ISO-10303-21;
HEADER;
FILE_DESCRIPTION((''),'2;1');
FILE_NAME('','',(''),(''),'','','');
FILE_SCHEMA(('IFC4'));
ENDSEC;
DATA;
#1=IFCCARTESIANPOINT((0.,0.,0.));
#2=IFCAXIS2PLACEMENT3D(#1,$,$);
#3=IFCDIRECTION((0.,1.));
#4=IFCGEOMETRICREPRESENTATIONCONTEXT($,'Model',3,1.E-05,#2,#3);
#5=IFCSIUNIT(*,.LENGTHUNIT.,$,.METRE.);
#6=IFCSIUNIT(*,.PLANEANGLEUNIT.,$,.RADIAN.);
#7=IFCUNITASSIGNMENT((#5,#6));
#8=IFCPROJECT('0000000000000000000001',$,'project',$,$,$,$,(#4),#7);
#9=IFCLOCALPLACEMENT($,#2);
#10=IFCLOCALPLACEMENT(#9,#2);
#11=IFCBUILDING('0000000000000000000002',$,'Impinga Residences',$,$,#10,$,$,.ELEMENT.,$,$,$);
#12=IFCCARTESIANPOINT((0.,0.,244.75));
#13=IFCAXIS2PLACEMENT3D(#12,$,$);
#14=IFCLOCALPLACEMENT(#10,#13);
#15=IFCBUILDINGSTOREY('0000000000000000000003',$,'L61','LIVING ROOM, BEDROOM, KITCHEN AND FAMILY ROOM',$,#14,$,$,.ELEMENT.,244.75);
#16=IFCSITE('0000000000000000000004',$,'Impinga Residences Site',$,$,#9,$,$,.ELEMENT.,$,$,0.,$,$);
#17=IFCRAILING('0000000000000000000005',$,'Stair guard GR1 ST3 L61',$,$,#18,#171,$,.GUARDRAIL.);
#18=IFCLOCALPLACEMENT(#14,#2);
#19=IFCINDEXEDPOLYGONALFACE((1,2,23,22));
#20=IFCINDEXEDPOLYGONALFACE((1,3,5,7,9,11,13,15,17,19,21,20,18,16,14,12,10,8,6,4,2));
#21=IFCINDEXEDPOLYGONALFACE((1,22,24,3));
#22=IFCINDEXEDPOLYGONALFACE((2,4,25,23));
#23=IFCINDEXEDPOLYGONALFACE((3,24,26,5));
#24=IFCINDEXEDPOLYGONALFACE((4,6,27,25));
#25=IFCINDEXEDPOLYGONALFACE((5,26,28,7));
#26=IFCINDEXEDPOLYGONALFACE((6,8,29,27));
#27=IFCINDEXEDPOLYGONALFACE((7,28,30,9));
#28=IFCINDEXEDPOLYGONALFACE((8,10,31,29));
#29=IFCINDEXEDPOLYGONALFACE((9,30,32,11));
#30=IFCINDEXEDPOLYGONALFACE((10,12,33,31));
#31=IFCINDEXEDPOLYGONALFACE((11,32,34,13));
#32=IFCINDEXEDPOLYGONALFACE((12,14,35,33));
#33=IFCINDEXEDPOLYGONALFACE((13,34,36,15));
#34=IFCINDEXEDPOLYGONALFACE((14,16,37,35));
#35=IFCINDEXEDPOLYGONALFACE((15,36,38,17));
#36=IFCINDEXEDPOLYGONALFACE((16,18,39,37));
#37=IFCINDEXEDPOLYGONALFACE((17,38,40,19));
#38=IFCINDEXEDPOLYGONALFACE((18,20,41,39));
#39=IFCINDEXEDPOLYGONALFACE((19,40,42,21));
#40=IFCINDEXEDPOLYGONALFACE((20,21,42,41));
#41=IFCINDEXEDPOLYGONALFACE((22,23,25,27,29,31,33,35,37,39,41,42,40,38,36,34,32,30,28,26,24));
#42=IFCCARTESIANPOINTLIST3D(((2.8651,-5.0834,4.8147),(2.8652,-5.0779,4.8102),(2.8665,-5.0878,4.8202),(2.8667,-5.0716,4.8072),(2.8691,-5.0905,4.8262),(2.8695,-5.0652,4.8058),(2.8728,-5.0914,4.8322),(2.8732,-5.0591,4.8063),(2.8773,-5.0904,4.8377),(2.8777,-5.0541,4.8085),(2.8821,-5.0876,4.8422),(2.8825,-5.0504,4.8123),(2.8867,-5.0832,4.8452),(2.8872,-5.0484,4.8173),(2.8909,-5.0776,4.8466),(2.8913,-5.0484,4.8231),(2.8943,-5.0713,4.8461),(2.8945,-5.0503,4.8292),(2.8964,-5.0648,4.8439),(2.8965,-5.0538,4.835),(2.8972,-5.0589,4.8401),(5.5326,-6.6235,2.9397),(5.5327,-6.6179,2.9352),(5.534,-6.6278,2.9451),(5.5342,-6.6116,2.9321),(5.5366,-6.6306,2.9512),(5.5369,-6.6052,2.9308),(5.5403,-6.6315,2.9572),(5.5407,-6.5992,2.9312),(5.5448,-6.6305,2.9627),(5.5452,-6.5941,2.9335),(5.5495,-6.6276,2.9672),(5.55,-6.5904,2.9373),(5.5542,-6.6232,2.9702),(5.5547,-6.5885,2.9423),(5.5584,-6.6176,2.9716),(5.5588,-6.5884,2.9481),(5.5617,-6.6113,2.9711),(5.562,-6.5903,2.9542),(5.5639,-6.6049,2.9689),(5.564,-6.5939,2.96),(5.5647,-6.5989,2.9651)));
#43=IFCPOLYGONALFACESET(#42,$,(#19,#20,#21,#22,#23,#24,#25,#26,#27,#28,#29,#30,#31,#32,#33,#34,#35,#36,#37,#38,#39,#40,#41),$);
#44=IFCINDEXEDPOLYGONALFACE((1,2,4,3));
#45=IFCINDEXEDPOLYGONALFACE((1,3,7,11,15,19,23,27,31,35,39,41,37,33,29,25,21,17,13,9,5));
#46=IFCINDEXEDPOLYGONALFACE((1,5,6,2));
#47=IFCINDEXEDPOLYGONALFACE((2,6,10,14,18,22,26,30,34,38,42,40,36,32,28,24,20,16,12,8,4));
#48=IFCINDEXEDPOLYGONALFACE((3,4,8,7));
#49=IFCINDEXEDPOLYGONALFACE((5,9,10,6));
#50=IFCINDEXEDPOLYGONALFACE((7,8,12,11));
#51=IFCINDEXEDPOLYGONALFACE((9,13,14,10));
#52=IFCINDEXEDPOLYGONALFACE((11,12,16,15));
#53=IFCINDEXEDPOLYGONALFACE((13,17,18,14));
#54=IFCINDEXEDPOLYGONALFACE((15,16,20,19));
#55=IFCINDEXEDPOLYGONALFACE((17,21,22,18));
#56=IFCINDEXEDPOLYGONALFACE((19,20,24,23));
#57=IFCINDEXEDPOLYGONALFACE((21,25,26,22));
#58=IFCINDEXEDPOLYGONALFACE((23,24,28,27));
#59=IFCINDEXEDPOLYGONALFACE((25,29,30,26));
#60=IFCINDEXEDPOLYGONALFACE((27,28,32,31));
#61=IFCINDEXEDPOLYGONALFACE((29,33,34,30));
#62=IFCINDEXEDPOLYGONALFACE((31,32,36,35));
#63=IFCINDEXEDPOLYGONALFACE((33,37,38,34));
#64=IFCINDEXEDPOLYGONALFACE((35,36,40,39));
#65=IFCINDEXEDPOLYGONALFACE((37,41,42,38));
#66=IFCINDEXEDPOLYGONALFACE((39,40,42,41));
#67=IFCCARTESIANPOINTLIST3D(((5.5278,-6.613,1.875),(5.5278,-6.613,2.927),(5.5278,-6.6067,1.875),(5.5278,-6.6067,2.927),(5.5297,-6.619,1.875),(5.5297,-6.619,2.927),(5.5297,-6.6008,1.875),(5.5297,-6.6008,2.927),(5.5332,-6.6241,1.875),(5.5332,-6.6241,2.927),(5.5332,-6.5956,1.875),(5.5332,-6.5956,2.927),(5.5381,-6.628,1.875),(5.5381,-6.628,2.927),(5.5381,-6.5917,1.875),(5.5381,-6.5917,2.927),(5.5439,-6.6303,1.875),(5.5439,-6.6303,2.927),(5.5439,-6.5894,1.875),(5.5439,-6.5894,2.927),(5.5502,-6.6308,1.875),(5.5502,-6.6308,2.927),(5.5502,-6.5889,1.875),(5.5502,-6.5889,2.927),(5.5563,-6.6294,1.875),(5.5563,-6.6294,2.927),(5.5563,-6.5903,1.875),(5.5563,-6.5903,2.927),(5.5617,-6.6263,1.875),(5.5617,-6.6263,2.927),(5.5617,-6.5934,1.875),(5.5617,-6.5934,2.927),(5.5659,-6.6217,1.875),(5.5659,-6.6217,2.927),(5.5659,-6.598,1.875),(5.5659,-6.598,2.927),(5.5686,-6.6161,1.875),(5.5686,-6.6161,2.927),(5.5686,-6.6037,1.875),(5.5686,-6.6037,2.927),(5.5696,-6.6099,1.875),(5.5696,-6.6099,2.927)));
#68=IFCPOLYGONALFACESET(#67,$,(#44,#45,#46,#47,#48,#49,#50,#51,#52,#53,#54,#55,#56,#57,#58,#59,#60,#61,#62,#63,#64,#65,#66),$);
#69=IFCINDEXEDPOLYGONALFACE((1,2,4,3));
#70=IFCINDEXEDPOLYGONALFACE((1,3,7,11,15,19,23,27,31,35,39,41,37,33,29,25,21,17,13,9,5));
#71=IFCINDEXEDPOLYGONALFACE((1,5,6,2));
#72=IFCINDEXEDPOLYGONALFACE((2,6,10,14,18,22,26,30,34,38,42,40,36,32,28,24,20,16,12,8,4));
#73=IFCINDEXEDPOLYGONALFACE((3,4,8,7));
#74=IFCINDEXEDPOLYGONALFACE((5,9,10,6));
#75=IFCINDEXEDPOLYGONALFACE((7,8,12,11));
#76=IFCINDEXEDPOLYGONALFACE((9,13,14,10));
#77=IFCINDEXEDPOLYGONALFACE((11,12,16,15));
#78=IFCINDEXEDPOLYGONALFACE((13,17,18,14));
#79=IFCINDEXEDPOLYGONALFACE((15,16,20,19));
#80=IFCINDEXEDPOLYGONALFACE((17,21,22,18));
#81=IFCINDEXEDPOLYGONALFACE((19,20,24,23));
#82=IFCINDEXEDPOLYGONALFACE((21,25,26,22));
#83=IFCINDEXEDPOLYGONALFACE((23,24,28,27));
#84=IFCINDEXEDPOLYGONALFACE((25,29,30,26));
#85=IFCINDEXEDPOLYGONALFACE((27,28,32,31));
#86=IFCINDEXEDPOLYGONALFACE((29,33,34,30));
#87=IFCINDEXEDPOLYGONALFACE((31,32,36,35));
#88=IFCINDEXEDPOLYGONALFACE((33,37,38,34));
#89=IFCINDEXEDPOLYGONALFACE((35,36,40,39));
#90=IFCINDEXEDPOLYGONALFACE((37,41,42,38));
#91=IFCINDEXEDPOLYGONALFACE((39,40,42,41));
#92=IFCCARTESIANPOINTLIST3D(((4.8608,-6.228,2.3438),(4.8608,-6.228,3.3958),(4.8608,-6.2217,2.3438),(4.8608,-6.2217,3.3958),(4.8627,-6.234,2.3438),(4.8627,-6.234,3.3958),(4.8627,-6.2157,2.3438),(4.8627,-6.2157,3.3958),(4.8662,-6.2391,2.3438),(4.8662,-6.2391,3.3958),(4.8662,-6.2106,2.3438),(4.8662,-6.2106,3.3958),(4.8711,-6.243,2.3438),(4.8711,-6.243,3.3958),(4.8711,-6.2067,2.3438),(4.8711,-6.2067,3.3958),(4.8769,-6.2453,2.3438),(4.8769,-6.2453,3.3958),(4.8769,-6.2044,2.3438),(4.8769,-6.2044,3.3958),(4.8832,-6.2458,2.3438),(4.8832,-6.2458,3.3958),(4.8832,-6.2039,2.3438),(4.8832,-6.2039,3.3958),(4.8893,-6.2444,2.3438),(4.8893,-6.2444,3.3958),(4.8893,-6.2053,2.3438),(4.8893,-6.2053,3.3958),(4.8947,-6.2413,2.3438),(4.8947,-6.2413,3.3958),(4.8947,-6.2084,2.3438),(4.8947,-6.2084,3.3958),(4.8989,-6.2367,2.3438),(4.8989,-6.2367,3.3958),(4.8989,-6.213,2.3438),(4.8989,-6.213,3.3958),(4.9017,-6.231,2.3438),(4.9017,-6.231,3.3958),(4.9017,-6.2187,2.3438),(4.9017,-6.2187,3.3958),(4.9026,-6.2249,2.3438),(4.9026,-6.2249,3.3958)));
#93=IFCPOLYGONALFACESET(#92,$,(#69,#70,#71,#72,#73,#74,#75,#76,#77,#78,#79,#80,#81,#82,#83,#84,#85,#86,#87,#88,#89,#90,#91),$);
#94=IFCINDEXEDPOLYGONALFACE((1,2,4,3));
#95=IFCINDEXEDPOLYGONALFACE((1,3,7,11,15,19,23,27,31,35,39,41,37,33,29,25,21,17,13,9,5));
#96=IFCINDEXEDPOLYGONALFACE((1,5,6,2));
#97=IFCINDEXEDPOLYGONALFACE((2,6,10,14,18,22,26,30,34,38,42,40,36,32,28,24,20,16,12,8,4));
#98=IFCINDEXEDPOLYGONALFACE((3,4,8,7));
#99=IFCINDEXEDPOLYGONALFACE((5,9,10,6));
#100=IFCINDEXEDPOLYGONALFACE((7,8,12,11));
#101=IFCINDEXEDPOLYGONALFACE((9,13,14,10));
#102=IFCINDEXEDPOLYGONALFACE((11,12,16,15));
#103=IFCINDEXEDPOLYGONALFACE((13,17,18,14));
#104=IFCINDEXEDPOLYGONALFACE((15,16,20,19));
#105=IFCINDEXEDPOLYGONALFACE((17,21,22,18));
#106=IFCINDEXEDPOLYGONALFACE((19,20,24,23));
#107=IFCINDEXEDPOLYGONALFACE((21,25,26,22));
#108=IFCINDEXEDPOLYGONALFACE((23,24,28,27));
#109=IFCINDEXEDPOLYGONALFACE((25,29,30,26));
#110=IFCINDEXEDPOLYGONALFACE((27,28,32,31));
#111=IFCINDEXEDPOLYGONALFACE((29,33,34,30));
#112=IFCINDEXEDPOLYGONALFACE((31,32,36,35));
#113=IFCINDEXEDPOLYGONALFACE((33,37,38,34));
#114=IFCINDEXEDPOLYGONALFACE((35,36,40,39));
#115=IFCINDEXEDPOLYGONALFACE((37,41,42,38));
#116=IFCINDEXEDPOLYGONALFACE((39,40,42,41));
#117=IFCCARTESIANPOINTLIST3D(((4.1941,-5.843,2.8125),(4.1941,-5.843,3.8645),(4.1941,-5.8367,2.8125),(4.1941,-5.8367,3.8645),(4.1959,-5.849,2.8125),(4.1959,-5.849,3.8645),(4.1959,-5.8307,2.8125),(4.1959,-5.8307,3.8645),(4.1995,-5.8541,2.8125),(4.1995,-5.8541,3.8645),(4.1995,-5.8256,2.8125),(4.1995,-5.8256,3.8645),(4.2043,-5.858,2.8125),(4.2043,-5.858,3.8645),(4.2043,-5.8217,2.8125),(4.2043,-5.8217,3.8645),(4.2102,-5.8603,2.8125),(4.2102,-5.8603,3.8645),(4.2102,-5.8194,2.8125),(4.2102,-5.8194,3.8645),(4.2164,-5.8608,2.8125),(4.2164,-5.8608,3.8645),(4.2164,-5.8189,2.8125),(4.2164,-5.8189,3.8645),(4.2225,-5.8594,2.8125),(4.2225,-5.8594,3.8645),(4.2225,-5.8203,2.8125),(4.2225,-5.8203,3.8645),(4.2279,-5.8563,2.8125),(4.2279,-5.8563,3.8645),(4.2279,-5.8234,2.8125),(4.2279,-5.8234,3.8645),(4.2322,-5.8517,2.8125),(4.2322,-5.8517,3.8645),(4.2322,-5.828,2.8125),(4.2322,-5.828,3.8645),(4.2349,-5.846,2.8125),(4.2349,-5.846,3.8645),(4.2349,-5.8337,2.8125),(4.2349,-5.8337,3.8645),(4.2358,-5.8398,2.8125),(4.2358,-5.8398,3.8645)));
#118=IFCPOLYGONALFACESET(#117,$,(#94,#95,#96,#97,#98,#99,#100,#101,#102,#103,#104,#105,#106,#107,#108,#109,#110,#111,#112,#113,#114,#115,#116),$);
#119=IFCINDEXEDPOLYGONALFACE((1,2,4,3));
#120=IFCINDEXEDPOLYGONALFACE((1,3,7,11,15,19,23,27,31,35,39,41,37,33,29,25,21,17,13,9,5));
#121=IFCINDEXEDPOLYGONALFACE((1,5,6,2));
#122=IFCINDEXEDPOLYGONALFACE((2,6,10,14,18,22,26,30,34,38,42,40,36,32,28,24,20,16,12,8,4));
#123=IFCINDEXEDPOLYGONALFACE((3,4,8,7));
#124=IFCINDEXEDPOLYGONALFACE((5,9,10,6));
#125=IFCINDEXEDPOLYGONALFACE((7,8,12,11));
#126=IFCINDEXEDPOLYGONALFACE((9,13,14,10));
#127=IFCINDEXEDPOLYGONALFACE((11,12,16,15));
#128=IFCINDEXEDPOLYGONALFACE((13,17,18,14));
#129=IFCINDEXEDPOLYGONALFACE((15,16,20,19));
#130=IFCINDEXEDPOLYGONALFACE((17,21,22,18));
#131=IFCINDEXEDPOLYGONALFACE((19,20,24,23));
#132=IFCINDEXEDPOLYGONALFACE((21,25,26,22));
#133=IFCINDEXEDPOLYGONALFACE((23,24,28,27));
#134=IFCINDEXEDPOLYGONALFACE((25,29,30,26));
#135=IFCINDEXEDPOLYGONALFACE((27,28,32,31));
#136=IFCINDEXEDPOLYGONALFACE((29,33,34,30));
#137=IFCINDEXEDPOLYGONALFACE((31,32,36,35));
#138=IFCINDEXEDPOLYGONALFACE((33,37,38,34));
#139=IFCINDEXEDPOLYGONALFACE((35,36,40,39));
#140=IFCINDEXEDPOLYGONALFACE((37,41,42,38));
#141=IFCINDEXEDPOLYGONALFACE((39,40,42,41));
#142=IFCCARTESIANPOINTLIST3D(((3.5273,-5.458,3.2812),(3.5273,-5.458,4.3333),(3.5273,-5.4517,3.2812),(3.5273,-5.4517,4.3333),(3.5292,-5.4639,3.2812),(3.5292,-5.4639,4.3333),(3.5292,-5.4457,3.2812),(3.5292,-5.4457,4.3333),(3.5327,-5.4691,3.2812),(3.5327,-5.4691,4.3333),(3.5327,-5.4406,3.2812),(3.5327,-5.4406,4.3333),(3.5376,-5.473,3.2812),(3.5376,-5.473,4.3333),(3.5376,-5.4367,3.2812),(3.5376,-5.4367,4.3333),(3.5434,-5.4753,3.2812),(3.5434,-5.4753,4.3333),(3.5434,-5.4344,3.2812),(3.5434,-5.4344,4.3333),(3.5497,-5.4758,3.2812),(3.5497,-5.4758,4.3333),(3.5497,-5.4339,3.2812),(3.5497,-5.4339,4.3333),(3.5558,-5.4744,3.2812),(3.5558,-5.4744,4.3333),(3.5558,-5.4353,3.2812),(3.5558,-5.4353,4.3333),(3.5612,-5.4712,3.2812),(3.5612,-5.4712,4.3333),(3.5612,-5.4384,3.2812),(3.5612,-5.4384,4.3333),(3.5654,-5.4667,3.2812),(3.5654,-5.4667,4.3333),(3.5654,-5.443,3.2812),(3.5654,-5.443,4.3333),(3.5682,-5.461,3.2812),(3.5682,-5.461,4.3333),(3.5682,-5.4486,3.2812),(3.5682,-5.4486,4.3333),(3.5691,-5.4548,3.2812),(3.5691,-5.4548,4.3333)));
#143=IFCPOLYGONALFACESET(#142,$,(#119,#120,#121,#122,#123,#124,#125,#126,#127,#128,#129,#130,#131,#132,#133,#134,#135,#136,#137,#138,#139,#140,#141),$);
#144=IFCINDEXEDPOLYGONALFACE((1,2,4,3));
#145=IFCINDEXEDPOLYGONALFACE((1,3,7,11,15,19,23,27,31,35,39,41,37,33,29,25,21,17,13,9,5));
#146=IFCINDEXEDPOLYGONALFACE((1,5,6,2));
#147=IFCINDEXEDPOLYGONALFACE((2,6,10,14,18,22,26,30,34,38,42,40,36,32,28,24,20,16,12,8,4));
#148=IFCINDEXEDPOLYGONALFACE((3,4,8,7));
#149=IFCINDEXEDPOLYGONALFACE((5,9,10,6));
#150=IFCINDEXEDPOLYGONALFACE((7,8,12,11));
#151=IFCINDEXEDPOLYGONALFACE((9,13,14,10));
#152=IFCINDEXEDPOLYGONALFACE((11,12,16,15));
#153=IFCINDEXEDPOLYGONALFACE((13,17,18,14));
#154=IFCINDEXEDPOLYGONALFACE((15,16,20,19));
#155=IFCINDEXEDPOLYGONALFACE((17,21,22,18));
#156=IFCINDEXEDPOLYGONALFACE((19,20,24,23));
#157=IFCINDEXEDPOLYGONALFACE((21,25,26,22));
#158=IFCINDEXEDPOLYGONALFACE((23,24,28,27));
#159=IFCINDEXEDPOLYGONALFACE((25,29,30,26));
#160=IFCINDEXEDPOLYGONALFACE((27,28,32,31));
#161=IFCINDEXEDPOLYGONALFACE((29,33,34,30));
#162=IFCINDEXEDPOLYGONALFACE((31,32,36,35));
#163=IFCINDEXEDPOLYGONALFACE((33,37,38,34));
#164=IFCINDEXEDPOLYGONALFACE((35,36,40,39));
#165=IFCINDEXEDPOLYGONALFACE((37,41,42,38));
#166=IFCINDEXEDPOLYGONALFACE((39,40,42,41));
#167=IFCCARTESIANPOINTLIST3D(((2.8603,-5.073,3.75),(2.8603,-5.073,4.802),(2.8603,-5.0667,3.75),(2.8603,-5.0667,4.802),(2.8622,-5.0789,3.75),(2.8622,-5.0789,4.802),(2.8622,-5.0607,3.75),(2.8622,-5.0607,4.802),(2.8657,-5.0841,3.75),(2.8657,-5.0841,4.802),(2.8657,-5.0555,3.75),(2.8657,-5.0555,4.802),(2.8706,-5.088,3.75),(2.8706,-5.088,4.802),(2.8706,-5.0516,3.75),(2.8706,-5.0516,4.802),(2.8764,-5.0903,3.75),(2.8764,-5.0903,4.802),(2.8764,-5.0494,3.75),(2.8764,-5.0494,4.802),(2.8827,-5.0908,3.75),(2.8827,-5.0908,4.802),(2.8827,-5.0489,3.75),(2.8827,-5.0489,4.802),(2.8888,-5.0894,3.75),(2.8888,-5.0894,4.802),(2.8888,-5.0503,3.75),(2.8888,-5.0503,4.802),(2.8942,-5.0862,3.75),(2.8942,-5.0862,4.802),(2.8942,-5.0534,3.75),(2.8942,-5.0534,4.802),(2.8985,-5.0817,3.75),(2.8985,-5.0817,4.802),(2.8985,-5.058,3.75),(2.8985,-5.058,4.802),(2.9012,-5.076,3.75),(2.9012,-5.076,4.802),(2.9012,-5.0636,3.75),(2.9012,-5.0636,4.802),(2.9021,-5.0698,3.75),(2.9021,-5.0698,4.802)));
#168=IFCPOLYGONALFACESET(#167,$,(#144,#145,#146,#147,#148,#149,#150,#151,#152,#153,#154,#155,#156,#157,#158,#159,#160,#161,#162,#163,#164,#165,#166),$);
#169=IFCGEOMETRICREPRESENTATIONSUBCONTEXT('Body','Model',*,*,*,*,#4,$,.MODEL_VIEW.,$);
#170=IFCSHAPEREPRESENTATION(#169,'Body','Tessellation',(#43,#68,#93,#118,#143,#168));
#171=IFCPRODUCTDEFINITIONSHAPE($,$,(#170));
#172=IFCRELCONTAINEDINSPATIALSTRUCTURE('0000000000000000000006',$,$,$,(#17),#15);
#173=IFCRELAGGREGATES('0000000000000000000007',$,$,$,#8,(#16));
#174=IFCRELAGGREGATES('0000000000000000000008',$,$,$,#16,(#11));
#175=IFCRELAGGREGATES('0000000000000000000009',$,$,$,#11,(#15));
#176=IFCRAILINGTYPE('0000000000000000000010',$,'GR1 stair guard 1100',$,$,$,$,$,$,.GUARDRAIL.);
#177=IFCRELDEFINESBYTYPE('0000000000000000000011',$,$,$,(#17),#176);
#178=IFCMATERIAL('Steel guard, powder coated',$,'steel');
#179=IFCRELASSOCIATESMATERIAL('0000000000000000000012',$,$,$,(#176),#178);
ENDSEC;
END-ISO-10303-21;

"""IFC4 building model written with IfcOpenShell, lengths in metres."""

from ifc_helpers import new_model, si_unit, direction, frame, origin, origin_2d, place, context, subcontext, project, spatial, circle, extrude, material, type_object, element, save


model = new_model("IFC4")

# Units and contexts
model_context = context("Model", 3, precision=1e-05, world=origin(), true_north=direction((0.0, 1.0)))
body_context = subcontext(model_context, "Body", "Model", "MODEL_VIEW")
ifc_project = project(units=[si_unit("LENGTHUNIT", "METRE"), si_unit("PLANEANGLEUNIT", "RADIAN")], contexts=[model_context])

# Site, building, storey
site_placement = place(None, origin())
site = spatial("IfcSite", under=ifc_project, at=site_placement, Name="Impinga Residences Site", CompositionType="ELEMENT", RefElevation=0.0)
building_placement = place(site_placement, origin())
building = spatial("IfcBuilding", under=site, at=building_placement, Name="Impinga Residences", CompositionType="ELEMENT")
storey_placement = place(building_placement, frame((0.0, 0.0, 244.75)))
storey = spatial("IfcBuildingStorey", under=building, at=storey_placement, Name="L61", Description="LIVING ROOM, BEDROOM, KITCHEN AND FAMILY ROOM", CompositionType="ELEMENT", Elevation=244.75)

# Railing
ifc_material_1 = material(Name="Steel guard, powder coated", Category="steel")
railing_type_1 = type_object("IfcRailingType", Name="GR1 stair guard 1100", PredefinedType="GUARDRAIL", material=ifc_material_1)
railing_1_placement = place(storey_placement, frame((5.5486, -6.6099, 1.875)))
element("IfcRailing", 1, at=railing_1_placement, inside=storey, type_object=railing_type_1, Name="Stair guard GR1 ST3 L61", PredefinedType="GUARDRAIL", context=body_context, shape_type="SweptSolid", body=[
    extrude(circle(Radius=0.0239, at=origin_2d()), frame((0.0, 0.0, 1.0762), z_axis=(-0.739746, 0.427084, 0.519975), x_axis=(-0.499992, -0.86603, 0.0)), (0.0, 0.0, 1.0), 3.606),
    extrude(circle(Radius=0.021, at=origin_2d()), origin(), (0.0, 0.0, 1.0), 1.052),
    extrude(circle(Radius=0.021, at=origin_2d()), frame((-0.667, 0.385, 0.4688)), (0.0, 0.0, 1.0), 1.052),
    extrude(circle(Radius=0.021, at=origin_2d()), frame((-1.3337, 0.77, 0.9375)), (0.0, 0.0, 1.0), 1.052),
    extrude(circle(Radius=0.021, at=origin_2d()), frame((-2.0005, 1.155, 1.4062)), (0.0, 0.0, 1.0), 1.052),
    extrude(circle(Radius=0.021, at=origin_2d()), frame((-2.6675, 1.54, 1.875)), (0.0, 0.0, 1.0), 1.052),
])

save(model, "model.ifc")
